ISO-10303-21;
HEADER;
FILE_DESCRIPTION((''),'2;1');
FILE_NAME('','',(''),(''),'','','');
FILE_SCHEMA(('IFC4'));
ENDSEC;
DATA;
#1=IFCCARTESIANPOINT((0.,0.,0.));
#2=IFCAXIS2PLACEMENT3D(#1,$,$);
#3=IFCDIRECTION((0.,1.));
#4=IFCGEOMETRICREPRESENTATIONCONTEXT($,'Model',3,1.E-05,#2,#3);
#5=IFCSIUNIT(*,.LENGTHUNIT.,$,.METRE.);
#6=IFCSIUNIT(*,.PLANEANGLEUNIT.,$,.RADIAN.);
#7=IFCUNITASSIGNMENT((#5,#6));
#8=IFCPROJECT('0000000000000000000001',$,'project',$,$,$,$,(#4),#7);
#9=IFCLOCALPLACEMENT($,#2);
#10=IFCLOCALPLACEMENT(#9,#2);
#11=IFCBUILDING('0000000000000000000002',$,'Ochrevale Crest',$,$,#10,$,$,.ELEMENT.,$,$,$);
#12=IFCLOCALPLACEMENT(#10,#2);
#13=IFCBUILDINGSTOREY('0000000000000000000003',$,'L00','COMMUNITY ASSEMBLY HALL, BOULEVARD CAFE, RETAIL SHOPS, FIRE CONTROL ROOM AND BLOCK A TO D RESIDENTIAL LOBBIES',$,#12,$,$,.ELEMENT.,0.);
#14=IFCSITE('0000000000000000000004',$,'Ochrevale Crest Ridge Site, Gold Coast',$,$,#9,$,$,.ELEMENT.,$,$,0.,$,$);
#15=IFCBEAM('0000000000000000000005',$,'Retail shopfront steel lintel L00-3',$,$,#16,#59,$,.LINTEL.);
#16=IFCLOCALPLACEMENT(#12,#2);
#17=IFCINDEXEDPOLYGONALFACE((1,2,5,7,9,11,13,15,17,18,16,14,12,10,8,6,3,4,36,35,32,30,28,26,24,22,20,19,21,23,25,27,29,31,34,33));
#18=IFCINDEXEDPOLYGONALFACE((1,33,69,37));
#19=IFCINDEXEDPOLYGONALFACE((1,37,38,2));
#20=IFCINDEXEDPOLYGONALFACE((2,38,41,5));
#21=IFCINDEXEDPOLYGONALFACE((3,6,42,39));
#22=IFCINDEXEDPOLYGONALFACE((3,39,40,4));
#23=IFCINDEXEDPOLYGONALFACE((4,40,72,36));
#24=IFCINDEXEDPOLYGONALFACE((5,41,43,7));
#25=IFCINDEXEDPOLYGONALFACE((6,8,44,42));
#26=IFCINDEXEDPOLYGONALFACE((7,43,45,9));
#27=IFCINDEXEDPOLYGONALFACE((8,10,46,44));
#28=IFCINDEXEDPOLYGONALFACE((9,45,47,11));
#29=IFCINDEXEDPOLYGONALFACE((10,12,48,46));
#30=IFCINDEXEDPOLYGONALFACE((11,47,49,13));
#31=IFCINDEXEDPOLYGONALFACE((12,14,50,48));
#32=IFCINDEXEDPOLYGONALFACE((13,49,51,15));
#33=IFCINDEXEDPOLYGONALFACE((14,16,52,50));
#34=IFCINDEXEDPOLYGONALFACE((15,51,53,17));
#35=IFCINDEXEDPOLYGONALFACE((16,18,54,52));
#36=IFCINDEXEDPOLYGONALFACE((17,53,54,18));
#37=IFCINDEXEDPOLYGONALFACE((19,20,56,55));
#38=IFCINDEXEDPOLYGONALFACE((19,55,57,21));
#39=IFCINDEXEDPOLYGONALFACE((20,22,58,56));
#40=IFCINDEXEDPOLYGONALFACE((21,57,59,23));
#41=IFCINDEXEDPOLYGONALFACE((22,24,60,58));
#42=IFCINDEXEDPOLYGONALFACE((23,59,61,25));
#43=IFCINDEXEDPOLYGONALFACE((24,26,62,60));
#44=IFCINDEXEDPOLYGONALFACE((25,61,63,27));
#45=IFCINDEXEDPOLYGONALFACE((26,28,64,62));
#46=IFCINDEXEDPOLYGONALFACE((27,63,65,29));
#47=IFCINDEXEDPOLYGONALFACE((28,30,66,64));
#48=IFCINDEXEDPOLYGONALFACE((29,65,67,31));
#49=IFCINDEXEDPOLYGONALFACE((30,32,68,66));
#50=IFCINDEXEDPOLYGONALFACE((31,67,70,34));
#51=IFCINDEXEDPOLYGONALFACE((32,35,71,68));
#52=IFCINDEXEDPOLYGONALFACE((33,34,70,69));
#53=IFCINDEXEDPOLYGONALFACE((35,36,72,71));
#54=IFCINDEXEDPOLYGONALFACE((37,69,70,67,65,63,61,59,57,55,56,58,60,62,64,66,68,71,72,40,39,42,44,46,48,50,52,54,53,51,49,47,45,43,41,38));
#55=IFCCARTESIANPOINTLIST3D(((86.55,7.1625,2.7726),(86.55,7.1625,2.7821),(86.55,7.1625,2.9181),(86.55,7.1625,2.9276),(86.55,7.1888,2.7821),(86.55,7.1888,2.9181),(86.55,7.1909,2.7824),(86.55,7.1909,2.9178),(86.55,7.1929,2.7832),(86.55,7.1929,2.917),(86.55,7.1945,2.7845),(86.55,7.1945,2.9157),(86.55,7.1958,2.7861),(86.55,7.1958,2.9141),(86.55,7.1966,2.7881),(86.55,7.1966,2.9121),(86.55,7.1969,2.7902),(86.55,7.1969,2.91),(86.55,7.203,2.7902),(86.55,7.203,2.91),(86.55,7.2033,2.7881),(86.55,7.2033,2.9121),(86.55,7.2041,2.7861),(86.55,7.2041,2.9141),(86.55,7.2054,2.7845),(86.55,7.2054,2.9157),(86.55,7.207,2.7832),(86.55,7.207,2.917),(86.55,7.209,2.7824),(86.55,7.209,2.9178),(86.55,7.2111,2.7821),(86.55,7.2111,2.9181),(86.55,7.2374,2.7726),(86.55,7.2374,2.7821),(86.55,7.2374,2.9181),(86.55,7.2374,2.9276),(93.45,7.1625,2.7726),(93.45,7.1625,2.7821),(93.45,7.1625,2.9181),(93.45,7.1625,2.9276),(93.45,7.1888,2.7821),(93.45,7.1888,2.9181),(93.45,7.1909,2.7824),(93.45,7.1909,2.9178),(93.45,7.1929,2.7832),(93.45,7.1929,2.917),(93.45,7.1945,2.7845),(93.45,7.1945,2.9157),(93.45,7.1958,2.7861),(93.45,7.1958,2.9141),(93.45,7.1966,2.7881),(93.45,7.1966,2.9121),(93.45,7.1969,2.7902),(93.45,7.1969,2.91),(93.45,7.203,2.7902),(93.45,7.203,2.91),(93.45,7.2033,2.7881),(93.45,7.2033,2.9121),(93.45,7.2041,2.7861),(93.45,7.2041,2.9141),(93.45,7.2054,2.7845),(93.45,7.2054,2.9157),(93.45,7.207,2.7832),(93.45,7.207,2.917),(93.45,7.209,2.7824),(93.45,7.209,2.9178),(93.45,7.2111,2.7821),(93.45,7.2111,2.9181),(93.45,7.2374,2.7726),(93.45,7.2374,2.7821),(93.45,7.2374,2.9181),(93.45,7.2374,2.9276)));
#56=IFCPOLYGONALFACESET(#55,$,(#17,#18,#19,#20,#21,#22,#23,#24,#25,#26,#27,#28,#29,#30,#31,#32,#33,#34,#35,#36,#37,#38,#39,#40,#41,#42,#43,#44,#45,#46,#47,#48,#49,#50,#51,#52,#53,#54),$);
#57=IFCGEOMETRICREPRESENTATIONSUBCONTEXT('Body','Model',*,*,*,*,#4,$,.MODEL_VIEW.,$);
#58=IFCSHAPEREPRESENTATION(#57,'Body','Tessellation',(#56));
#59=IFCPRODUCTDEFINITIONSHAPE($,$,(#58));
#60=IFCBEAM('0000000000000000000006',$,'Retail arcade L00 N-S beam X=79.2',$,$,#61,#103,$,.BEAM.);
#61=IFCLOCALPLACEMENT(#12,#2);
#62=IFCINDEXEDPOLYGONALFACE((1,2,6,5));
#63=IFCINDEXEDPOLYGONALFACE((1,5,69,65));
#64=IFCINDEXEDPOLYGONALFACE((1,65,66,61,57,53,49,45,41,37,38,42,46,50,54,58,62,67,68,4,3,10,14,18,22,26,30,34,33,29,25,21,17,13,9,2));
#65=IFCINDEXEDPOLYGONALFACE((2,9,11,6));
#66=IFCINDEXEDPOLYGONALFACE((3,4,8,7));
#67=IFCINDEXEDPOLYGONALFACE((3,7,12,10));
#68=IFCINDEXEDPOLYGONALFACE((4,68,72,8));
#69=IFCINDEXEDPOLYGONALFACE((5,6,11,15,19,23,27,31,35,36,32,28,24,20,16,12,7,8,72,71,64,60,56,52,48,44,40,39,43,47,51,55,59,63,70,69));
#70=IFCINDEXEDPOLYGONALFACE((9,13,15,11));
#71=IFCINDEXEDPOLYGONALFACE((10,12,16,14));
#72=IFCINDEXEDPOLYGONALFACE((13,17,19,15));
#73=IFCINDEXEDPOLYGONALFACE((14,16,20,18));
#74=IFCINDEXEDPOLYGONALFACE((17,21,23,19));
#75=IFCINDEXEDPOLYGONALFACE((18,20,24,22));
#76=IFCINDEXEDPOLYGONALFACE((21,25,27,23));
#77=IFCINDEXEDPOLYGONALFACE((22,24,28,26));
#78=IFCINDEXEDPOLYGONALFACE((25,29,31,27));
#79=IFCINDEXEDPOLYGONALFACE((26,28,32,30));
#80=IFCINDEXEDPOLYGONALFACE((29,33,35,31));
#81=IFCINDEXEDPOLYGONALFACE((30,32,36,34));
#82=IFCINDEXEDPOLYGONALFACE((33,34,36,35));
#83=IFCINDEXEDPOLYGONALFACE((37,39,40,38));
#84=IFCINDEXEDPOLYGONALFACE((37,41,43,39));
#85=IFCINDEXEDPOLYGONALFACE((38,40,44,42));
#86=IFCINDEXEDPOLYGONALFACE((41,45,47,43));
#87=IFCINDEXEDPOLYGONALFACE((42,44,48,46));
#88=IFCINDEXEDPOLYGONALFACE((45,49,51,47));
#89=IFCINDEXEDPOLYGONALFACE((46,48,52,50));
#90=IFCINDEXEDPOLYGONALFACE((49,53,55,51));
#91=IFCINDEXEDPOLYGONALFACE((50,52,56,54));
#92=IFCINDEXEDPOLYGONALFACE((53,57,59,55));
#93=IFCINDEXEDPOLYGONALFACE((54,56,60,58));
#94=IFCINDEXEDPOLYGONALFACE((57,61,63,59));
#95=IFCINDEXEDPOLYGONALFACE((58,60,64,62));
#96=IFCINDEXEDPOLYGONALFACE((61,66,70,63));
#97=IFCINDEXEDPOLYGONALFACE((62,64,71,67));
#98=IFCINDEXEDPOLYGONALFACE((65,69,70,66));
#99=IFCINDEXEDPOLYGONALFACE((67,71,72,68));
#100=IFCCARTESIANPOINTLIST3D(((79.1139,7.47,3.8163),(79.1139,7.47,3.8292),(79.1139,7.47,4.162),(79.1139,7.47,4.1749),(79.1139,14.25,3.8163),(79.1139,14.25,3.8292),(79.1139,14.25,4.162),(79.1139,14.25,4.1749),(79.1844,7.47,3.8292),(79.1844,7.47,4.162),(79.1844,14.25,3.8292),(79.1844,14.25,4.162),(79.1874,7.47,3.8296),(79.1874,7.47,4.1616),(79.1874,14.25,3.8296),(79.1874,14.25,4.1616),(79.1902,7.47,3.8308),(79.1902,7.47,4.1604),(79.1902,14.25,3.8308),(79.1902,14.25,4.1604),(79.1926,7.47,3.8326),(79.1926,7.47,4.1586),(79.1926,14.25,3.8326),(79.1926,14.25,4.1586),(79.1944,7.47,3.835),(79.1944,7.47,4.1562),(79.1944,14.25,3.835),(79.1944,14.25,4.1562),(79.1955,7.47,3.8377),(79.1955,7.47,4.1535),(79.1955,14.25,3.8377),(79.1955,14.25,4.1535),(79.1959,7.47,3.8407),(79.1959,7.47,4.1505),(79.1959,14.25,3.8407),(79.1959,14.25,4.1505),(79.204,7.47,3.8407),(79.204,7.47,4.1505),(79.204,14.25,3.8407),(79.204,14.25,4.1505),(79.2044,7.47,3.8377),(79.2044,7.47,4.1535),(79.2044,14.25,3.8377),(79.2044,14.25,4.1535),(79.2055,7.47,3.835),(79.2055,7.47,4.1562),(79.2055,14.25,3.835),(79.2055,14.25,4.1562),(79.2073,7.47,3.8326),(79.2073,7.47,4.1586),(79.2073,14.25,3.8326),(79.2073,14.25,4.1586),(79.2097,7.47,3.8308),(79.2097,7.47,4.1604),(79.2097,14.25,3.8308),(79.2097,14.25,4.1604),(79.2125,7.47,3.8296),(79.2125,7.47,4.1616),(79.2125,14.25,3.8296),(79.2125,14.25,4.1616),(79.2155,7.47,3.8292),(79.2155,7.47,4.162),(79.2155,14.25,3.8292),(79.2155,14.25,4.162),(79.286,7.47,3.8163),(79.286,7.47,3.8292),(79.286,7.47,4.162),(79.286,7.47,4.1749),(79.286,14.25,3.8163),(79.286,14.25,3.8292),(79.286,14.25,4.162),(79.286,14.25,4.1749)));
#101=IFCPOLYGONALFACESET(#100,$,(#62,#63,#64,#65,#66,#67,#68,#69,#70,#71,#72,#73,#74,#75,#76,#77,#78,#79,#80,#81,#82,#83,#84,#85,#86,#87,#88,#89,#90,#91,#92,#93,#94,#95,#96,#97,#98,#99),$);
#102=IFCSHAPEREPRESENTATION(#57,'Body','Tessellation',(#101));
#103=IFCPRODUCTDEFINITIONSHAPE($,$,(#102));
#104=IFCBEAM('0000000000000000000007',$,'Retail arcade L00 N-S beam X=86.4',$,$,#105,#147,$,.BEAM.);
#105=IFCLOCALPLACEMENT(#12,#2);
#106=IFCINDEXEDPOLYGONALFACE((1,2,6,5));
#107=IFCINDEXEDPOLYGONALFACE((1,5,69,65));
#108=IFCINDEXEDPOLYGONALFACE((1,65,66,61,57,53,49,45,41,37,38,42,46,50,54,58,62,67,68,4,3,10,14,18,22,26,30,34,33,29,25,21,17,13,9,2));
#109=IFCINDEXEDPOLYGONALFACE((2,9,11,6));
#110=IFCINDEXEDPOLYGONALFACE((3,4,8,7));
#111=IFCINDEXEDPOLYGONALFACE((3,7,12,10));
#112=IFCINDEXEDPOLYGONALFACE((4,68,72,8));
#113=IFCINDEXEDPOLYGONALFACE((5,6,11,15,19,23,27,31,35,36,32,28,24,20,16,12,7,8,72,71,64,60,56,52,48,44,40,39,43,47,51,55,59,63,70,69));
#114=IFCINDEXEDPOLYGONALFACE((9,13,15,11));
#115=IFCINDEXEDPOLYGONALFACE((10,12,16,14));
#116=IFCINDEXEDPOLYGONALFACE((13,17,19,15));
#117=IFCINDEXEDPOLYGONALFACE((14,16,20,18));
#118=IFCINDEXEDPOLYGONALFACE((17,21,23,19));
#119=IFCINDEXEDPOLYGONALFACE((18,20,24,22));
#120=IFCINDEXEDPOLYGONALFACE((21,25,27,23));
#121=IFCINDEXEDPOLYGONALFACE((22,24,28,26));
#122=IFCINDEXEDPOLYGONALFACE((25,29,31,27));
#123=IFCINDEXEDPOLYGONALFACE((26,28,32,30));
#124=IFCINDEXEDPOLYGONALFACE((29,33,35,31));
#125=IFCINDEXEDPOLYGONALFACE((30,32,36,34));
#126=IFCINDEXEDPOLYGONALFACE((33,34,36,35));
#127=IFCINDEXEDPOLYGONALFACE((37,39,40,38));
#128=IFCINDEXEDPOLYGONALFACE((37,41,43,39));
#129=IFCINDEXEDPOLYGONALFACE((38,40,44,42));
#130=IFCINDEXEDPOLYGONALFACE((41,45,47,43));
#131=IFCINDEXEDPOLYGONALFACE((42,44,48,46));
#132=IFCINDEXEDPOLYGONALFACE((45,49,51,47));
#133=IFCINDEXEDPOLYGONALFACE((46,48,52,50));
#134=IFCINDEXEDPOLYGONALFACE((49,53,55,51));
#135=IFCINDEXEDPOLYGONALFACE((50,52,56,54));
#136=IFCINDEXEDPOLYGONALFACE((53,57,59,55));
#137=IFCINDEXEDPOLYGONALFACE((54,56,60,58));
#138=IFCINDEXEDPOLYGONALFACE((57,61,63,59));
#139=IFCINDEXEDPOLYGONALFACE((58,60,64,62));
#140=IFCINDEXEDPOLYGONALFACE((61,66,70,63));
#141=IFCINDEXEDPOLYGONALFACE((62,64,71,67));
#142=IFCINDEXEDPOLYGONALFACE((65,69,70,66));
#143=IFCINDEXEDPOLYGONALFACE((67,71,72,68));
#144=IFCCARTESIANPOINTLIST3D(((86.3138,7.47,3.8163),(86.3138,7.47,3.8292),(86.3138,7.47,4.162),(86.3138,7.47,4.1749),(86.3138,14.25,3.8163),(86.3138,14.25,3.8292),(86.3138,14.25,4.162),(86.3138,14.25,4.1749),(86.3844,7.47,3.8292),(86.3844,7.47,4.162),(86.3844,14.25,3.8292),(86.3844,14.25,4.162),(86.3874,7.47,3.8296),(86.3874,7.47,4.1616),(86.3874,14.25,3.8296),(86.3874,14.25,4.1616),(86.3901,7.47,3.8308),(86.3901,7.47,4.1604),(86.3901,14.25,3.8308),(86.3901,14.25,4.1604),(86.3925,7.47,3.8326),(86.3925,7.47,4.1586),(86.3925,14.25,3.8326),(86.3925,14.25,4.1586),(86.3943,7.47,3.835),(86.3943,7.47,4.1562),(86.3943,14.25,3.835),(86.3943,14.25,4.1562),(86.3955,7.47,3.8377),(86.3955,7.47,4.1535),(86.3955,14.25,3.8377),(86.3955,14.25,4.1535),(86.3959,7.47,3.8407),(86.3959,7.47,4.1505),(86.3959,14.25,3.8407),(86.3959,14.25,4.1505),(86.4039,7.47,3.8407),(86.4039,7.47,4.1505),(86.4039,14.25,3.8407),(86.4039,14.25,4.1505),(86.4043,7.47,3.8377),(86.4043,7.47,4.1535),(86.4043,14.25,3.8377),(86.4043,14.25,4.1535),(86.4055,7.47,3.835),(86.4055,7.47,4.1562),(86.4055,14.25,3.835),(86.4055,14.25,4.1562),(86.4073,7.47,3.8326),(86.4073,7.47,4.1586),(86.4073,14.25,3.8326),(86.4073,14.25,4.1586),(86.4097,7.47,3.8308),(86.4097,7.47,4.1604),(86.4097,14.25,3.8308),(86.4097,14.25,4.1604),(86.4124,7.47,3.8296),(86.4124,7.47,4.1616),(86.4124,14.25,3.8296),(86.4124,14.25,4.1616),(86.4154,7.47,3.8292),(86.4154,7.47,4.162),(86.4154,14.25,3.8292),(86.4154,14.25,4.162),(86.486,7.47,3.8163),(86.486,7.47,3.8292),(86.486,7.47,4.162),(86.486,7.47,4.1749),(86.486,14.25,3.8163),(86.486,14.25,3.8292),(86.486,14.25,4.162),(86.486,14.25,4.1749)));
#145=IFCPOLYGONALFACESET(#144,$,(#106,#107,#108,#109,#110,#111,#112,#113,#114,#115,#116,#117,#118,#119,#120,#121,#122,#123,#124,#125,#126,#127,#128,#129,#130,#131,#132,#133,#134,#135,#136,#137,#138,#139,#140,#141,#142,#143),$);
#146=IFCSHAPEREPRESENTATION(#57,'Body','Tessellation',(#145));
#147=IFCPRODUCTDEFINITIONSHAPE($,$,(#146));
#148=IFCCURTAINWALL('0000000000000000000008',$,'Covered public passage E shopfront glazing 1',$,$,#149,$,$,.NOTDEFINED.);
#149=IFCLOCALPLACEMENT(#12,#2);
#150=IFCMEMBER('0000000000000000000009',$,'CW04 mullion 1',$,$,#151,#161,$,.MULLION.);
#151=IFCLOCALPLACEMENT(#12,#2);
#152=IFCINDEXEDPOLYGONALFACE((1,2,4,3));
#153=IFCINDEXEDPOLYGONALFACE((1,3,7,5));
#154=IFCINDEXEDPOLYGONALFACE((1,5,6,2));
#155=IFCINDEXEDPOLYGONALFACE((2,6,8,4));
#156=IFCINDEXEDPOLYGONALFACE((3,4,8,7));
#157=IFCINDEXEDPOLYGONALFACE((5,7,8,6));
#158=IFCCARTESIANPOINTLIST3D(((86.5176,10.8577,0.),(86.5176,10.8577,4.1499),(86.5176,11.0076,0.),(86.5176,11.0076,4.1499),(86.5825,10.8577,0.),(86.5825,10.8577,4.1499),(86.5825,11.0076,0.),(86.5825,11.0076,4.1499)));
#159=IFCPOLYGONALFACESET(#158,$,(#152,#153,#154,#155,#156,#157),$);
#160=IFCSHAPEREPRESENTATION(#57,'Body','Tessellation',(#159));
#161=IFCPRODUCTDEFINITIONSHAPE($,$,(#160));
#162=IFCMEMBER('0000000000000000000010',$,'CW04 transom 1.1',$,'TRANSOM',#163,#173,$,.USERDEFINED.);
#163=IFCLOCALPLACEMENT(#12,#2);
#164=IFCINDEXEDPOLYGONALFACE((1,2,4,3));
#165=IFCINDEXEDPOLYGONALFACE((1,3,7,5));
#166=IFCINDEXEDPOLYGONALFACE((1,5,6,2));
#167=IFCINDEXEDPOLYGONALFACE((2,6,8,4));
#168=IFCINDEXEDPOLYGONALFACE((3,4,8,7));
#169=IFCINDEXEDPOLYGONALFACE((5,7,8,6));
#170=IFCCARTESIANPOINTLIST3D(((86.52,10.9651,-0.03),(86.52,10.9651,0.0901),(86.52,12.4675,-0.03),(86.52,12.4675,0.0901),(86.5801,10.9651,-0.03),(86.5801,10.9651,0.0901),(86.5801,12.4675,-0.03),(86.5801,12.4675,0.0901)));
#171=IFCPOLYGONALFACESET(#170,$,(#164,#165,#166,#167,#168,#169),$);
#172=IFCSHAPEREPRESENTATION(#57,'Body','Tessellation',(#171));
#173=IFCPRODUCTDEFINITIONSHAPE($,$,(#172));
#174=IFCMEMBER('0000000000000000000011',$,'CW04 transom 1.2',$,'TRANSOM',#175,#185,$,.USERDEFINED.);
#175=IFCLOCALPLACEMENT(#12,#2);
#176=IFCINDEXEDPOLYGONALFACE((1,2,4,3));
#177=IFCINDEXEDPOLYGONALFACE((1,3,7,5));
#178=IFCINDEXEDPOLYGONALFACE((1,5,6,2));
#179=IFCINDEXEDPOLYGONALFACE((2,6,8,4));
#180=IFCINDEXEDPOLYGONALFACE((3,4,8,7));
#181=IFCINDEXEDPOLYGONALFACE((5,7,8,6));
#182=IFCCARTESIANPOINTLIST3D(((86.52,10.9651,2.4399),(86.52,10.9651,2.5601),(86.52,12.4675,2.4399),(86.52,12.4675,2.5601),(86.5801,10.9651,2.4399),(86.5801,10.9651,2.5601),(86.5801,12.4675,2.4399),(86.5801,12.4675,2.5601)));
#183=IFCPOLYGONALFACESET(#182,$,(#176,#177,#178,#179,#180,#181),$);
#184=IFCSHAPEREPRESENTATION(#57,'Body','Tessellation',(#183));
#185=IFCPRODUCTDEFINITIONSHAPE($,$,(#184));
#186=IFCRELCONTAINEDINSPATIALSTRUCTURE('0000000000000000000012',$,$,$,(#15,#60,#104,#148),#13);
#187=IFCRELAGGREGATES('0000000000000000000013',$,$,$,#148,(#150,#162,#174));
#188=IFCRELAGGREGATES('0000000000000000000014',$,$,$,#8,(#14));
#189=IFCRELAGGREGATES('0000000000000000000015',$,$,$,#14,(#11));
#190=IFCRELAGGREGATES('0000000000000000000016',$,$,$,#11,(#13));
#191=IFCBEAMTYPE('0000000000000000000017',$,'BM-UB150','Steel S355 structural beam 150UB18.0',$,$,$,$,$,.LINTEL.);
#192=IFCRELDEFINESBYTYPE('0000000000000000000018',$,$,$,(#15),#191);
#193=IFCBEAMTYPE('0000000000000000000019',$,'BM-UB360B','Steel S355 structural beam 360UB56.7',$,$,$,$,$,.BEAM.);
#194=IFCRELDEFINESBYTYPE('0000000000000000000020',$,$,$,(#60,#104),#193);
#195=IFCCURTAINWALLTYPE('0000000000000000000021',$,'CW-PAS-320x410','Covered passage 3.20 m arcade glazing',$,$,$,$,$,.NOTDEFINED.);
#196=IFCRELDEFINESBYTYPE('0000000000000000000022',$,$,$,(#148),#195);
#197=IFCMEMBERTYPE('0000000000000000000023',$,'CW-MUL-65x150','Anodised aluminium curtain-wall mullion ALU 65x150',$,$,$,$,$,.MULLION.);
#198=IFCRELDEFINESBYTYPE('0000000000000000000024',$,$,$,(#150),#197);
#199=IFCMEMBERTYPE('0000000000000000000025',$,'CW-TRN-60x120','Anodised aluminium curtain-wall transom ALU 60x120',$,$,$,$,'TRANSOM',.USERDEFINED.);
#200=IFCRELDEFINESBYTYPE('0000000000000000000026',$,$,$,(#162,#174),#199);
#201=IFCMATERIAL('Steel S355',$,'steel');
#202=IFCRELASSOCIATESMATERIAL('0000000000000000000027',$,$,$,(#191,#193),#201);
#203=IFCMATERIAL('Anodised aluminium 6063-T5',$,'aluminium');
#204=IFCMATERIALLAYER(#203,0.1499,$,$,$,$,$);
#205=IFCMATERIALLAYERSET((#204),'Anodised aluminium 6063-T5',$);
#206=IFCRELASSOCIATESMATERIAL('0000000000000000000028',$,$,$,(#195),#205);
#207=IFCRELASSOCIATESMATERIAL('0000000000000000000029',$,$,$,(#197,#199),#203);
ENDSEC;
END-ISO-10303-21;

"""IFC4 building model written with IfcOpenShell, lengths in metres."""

from ifc_helpers import new_model, si_unit, direction, frame, origin, origin_2d, place, context, subcontext, project, spatial, rectangle, i_section, extrude, material, layer, layer_set, material_profile, profile_set, type_object, element, aggregate, save


model = new_model("IFC4")

# Units and contexts
model_context = context("Model", 3, precision=1e-05, world=origin(), true_north=direction((0.0, 1.0)))
body_context = subcontext(model_context, "Body", "Model", "MODEL_VIEW")
ifc_project = project(units=[si_unit("LENGTHUNIT", "METRE"), si_unit("PLANEANGLEUNIT", "RADIAN")], contexts=[model_context])

# Site, building, storey
site_placement = place(None, origin())
site = spatial("IfcSite", under=ifc_project, at=site_placement, Name="Ochrevale Crest Ridge Site, Gold Coast", CompositionType="ELEMENT", RefElevation=0.0)
building_placement = place(site_placement, origin())
building = spatial("IfcBuilding", under=site, at=building_placement, Name="Ochrevale Crest", CompositionType="ELEMENT")
storey_placement = place(building_placement, origin())
storey = spatial("IfcBuildingStorey", under=building, at=storey_placement, Name="L00", Description="COMMUNITY ASSEMBLY HALL, BOULEVARD CAFE, RETAIL SHOPS, FIRE CONTROL ROOM AND BLOCK A TO D RESIDENTIAL LOBBIES", CompositionType="ELEMENT", Elevation=0.0)

# Shared definitions
ifc_material_1 = material(Name="Steel S355", Category="steel")

# Beams
ifc_material_profile_1 = material_profile(ifc_material_1, i_section(OverallWidth=0.075, OverallDepth=0.155, WebThickness=0.0061, FlangeThickness=0.0095, FilletRadius=0.0081, at=origin_2d()), Name="150UB18.0")
ifc_profile_set_1 = profile_set([ifc_material_profile_1], Name="Steel S355")
beam_type_1 = type_object("IfcBeamType", Name="BM-UB150", Description="Steel S355 structural beam 150UB18.0", PredefinedType="LINTEL", material=ifc_profile_set_1)
beam_placement = place(storey_placement, frame((86.55, 7.2, 2.8501), z_axis=(1.0, 0.0, 0.0), x_axis=(0.0, 1.0, 0.0)))
element("IfcBeam", 1, at=beam_placement, inside=storey, type_object=beam_type_1, Name="Retail shopfront steel lintel L00-3", PredefinedType="LINTEL", context=body_context, shape_type="SweptSolid", body=[
    extrude(i_section(OverallWidth=0.075, OverallDepth=0.155, WebThickness=0.0061, FlangeThickness=0.0095, FilletRadius=0.0081, at=origin_2d()), origin(), (0.0, 0.0, 1.0), 6.8999),
])
ifc_material_profile_2 = material_profile(ifc_material_1, i_section(OverallWidth=0.1721, OverallDepth=0.3586, WebThickness=0.0081, FlangeThickness=0.0129, FilletRadius=0.0115, at=origin_2d()), Name="360UB56.7")
ifc_profile_set_2 = profile_set([ifc_material_profile_2], Name="Steel S355")
beam_type_2 = type_object("IfcBeamType", Name="BM-UB360B", Description="Steel S355 structural beam 360UB56.7", PredefinedType="BEAM", material=ifc_profile_set_2)
for number, where, z_axis, x_axis, name in (
    (2, (79.2, 7.47, 3.9956), (0.0, 1.0, 0.0), (-1.0, 0.0, 0.0), "Retail arcade L00 N-S beam X=79.2"),
    (3, (86.3999, 7.47, 3.9956), (0.0, 1.0, 0.0), (-1.0, 0.0, 0.0), "Retail arcade L00 N-S beam X=86.4"),
):
    element("IfcBeam", number, at=place(storey_placement, frame(where, z_axis=z_axis, x_axis=x_axis)), inside=storey, type_object=beam_type_2, Name=name, PredefinedType="BEAM", context=body_context, shape_type="SweptSolid", body=[
        extrude(i_section(OverallWidth=0.1721, OverallDepth=0.3586, WebThickness=0.0081, FlangeThickness=0.0129, FilletRadius=0.0115, at=origin_2d()), origin(), (0.0, 0.0, 1.0), 6.78),
    ])

# Curtain wall, members
ifc_material_2 = material(Name="Anodised aluminium 6063-T5", Category="aluminium")
ifc_layer_1 = layer(ifc_material_2, 0.1499)
ifc_layer_set_1 = layer_set([ifc_layer_1], Name="Anodised aluminium 6063-T5")
curtain_wall_type = type_object("IfcCurtainWallType", Name="CW-PAS-320x410", Description="Covered passage 3.20 m arcade glazing", PredefinedType="NOTDEFINED", material=ifc_layer_set_1)
curtain_wall_placement = place(storey_placement, origin())
curtain_wall = element("IfcCurtainWall", 4, at=curtain_wall_placement, inside=storey, type_object=curtain_wall_type, Name="Covered public passage E shopfront glazing 1", PredefinedType="NOTDEFINED")
ifc_material_profile_3 = material_profile(ifc_material_2, rectangle(XDim=0.0649, YDim=0.1499, at=origin_2d()), Name="ALU 65x150")
ifc_profile_set_3 = profile_set([ifc_material_profile_3], Name="Anodised aluminium 6063-T5")
member_type_1 = type_object("IfcMemberType", Name="CW-MUL-65x150", Description="Anodised aluminium curtain-wall mullion ALU 65x150", PredefinedType="MULLION", material=ifc_profile_set_3)
member_1_placement = place(storey_placement, frame((86.55, 10.9326, 0.0), z_axis=(0.0, 0.0, 1.0), x_axis=(-1.0, 0.0, 0.0)))
member_1 = element("IfcMember", 5, at=member_1_placement, type_object=member_type_1, Name="CW04 mullion 1", PredefinedType="MULLION", context=body_context, shape_type="SweptSolid", body=[
    extrude(rectangle(XDim=0.0649, YDim=0.1499, at=origin_2d()), origin(), (0.0, 0.0, 1.0), 4.1499),
])
ifc_material_profile_4 = material_profile(ifc_material_2, rectangle(XDim=0.0601, YDim=0.1201, at=origin_2d()), Name="ALU 60x120")
ifc_profile_set_4 = profile_set([ifc_material_profile_4], Name="Anodised aluminium 6063-T5")
member_type_2 = type_object("IfcMemberType", Name="CW-TRN-60x120", Description="Anodised aluminium curtain-wall transom ALU 60x120", ElementType="TRANSOM", PredefinedType="USERDEFINED", material=ifc_profile_set_4)
member_2_placement = place(storey_placement, frame((86.55, 10.9651, 0.03), z_axis=(0.0, 1.0, 0.0), x_axis=(-1.0, 0.0, 0.0)))
member_2 = element("IfcMember", 6, at=member_2_placement, type_object=member_type_2, Name="CW04 transom 1.1", ObjectType="TRANSOM", PredefinedType="USERDEFINED", context=body_context, shape_type="SweptSolid", body=[
    extrude(rectangle(XDim=0.0601, YDim=0.1201, at=origin_2d()), origin(), (0.0, 0.0, 1.0), 1.5024),
])
member_3_placement = place(storey_placement, frame((86.55, 10.9651, 2.5), z_axis=(0.0, 1.0, 0.0), x_axis=(-1.0, 0.0, 0.0)))
member_3 = element("IfcMember", 7, at=member_3_placement, type_object=member_type_2, Name="CW04 transom 1.2", ObjectType="TRANSOM", PredefinedType="USERDEFINED", context=body_context, shape_type="SweptSolid", body=[
    extrude(rectangle(XDim=0.0601, YDim=0.1201, at=origin_2d()), origin(), (0.0, 0.0, 1.0), 1.5024),
])
aggregate(curtain_wall, [member_1, member_2, member_3])

save(model, "model.ifc")
